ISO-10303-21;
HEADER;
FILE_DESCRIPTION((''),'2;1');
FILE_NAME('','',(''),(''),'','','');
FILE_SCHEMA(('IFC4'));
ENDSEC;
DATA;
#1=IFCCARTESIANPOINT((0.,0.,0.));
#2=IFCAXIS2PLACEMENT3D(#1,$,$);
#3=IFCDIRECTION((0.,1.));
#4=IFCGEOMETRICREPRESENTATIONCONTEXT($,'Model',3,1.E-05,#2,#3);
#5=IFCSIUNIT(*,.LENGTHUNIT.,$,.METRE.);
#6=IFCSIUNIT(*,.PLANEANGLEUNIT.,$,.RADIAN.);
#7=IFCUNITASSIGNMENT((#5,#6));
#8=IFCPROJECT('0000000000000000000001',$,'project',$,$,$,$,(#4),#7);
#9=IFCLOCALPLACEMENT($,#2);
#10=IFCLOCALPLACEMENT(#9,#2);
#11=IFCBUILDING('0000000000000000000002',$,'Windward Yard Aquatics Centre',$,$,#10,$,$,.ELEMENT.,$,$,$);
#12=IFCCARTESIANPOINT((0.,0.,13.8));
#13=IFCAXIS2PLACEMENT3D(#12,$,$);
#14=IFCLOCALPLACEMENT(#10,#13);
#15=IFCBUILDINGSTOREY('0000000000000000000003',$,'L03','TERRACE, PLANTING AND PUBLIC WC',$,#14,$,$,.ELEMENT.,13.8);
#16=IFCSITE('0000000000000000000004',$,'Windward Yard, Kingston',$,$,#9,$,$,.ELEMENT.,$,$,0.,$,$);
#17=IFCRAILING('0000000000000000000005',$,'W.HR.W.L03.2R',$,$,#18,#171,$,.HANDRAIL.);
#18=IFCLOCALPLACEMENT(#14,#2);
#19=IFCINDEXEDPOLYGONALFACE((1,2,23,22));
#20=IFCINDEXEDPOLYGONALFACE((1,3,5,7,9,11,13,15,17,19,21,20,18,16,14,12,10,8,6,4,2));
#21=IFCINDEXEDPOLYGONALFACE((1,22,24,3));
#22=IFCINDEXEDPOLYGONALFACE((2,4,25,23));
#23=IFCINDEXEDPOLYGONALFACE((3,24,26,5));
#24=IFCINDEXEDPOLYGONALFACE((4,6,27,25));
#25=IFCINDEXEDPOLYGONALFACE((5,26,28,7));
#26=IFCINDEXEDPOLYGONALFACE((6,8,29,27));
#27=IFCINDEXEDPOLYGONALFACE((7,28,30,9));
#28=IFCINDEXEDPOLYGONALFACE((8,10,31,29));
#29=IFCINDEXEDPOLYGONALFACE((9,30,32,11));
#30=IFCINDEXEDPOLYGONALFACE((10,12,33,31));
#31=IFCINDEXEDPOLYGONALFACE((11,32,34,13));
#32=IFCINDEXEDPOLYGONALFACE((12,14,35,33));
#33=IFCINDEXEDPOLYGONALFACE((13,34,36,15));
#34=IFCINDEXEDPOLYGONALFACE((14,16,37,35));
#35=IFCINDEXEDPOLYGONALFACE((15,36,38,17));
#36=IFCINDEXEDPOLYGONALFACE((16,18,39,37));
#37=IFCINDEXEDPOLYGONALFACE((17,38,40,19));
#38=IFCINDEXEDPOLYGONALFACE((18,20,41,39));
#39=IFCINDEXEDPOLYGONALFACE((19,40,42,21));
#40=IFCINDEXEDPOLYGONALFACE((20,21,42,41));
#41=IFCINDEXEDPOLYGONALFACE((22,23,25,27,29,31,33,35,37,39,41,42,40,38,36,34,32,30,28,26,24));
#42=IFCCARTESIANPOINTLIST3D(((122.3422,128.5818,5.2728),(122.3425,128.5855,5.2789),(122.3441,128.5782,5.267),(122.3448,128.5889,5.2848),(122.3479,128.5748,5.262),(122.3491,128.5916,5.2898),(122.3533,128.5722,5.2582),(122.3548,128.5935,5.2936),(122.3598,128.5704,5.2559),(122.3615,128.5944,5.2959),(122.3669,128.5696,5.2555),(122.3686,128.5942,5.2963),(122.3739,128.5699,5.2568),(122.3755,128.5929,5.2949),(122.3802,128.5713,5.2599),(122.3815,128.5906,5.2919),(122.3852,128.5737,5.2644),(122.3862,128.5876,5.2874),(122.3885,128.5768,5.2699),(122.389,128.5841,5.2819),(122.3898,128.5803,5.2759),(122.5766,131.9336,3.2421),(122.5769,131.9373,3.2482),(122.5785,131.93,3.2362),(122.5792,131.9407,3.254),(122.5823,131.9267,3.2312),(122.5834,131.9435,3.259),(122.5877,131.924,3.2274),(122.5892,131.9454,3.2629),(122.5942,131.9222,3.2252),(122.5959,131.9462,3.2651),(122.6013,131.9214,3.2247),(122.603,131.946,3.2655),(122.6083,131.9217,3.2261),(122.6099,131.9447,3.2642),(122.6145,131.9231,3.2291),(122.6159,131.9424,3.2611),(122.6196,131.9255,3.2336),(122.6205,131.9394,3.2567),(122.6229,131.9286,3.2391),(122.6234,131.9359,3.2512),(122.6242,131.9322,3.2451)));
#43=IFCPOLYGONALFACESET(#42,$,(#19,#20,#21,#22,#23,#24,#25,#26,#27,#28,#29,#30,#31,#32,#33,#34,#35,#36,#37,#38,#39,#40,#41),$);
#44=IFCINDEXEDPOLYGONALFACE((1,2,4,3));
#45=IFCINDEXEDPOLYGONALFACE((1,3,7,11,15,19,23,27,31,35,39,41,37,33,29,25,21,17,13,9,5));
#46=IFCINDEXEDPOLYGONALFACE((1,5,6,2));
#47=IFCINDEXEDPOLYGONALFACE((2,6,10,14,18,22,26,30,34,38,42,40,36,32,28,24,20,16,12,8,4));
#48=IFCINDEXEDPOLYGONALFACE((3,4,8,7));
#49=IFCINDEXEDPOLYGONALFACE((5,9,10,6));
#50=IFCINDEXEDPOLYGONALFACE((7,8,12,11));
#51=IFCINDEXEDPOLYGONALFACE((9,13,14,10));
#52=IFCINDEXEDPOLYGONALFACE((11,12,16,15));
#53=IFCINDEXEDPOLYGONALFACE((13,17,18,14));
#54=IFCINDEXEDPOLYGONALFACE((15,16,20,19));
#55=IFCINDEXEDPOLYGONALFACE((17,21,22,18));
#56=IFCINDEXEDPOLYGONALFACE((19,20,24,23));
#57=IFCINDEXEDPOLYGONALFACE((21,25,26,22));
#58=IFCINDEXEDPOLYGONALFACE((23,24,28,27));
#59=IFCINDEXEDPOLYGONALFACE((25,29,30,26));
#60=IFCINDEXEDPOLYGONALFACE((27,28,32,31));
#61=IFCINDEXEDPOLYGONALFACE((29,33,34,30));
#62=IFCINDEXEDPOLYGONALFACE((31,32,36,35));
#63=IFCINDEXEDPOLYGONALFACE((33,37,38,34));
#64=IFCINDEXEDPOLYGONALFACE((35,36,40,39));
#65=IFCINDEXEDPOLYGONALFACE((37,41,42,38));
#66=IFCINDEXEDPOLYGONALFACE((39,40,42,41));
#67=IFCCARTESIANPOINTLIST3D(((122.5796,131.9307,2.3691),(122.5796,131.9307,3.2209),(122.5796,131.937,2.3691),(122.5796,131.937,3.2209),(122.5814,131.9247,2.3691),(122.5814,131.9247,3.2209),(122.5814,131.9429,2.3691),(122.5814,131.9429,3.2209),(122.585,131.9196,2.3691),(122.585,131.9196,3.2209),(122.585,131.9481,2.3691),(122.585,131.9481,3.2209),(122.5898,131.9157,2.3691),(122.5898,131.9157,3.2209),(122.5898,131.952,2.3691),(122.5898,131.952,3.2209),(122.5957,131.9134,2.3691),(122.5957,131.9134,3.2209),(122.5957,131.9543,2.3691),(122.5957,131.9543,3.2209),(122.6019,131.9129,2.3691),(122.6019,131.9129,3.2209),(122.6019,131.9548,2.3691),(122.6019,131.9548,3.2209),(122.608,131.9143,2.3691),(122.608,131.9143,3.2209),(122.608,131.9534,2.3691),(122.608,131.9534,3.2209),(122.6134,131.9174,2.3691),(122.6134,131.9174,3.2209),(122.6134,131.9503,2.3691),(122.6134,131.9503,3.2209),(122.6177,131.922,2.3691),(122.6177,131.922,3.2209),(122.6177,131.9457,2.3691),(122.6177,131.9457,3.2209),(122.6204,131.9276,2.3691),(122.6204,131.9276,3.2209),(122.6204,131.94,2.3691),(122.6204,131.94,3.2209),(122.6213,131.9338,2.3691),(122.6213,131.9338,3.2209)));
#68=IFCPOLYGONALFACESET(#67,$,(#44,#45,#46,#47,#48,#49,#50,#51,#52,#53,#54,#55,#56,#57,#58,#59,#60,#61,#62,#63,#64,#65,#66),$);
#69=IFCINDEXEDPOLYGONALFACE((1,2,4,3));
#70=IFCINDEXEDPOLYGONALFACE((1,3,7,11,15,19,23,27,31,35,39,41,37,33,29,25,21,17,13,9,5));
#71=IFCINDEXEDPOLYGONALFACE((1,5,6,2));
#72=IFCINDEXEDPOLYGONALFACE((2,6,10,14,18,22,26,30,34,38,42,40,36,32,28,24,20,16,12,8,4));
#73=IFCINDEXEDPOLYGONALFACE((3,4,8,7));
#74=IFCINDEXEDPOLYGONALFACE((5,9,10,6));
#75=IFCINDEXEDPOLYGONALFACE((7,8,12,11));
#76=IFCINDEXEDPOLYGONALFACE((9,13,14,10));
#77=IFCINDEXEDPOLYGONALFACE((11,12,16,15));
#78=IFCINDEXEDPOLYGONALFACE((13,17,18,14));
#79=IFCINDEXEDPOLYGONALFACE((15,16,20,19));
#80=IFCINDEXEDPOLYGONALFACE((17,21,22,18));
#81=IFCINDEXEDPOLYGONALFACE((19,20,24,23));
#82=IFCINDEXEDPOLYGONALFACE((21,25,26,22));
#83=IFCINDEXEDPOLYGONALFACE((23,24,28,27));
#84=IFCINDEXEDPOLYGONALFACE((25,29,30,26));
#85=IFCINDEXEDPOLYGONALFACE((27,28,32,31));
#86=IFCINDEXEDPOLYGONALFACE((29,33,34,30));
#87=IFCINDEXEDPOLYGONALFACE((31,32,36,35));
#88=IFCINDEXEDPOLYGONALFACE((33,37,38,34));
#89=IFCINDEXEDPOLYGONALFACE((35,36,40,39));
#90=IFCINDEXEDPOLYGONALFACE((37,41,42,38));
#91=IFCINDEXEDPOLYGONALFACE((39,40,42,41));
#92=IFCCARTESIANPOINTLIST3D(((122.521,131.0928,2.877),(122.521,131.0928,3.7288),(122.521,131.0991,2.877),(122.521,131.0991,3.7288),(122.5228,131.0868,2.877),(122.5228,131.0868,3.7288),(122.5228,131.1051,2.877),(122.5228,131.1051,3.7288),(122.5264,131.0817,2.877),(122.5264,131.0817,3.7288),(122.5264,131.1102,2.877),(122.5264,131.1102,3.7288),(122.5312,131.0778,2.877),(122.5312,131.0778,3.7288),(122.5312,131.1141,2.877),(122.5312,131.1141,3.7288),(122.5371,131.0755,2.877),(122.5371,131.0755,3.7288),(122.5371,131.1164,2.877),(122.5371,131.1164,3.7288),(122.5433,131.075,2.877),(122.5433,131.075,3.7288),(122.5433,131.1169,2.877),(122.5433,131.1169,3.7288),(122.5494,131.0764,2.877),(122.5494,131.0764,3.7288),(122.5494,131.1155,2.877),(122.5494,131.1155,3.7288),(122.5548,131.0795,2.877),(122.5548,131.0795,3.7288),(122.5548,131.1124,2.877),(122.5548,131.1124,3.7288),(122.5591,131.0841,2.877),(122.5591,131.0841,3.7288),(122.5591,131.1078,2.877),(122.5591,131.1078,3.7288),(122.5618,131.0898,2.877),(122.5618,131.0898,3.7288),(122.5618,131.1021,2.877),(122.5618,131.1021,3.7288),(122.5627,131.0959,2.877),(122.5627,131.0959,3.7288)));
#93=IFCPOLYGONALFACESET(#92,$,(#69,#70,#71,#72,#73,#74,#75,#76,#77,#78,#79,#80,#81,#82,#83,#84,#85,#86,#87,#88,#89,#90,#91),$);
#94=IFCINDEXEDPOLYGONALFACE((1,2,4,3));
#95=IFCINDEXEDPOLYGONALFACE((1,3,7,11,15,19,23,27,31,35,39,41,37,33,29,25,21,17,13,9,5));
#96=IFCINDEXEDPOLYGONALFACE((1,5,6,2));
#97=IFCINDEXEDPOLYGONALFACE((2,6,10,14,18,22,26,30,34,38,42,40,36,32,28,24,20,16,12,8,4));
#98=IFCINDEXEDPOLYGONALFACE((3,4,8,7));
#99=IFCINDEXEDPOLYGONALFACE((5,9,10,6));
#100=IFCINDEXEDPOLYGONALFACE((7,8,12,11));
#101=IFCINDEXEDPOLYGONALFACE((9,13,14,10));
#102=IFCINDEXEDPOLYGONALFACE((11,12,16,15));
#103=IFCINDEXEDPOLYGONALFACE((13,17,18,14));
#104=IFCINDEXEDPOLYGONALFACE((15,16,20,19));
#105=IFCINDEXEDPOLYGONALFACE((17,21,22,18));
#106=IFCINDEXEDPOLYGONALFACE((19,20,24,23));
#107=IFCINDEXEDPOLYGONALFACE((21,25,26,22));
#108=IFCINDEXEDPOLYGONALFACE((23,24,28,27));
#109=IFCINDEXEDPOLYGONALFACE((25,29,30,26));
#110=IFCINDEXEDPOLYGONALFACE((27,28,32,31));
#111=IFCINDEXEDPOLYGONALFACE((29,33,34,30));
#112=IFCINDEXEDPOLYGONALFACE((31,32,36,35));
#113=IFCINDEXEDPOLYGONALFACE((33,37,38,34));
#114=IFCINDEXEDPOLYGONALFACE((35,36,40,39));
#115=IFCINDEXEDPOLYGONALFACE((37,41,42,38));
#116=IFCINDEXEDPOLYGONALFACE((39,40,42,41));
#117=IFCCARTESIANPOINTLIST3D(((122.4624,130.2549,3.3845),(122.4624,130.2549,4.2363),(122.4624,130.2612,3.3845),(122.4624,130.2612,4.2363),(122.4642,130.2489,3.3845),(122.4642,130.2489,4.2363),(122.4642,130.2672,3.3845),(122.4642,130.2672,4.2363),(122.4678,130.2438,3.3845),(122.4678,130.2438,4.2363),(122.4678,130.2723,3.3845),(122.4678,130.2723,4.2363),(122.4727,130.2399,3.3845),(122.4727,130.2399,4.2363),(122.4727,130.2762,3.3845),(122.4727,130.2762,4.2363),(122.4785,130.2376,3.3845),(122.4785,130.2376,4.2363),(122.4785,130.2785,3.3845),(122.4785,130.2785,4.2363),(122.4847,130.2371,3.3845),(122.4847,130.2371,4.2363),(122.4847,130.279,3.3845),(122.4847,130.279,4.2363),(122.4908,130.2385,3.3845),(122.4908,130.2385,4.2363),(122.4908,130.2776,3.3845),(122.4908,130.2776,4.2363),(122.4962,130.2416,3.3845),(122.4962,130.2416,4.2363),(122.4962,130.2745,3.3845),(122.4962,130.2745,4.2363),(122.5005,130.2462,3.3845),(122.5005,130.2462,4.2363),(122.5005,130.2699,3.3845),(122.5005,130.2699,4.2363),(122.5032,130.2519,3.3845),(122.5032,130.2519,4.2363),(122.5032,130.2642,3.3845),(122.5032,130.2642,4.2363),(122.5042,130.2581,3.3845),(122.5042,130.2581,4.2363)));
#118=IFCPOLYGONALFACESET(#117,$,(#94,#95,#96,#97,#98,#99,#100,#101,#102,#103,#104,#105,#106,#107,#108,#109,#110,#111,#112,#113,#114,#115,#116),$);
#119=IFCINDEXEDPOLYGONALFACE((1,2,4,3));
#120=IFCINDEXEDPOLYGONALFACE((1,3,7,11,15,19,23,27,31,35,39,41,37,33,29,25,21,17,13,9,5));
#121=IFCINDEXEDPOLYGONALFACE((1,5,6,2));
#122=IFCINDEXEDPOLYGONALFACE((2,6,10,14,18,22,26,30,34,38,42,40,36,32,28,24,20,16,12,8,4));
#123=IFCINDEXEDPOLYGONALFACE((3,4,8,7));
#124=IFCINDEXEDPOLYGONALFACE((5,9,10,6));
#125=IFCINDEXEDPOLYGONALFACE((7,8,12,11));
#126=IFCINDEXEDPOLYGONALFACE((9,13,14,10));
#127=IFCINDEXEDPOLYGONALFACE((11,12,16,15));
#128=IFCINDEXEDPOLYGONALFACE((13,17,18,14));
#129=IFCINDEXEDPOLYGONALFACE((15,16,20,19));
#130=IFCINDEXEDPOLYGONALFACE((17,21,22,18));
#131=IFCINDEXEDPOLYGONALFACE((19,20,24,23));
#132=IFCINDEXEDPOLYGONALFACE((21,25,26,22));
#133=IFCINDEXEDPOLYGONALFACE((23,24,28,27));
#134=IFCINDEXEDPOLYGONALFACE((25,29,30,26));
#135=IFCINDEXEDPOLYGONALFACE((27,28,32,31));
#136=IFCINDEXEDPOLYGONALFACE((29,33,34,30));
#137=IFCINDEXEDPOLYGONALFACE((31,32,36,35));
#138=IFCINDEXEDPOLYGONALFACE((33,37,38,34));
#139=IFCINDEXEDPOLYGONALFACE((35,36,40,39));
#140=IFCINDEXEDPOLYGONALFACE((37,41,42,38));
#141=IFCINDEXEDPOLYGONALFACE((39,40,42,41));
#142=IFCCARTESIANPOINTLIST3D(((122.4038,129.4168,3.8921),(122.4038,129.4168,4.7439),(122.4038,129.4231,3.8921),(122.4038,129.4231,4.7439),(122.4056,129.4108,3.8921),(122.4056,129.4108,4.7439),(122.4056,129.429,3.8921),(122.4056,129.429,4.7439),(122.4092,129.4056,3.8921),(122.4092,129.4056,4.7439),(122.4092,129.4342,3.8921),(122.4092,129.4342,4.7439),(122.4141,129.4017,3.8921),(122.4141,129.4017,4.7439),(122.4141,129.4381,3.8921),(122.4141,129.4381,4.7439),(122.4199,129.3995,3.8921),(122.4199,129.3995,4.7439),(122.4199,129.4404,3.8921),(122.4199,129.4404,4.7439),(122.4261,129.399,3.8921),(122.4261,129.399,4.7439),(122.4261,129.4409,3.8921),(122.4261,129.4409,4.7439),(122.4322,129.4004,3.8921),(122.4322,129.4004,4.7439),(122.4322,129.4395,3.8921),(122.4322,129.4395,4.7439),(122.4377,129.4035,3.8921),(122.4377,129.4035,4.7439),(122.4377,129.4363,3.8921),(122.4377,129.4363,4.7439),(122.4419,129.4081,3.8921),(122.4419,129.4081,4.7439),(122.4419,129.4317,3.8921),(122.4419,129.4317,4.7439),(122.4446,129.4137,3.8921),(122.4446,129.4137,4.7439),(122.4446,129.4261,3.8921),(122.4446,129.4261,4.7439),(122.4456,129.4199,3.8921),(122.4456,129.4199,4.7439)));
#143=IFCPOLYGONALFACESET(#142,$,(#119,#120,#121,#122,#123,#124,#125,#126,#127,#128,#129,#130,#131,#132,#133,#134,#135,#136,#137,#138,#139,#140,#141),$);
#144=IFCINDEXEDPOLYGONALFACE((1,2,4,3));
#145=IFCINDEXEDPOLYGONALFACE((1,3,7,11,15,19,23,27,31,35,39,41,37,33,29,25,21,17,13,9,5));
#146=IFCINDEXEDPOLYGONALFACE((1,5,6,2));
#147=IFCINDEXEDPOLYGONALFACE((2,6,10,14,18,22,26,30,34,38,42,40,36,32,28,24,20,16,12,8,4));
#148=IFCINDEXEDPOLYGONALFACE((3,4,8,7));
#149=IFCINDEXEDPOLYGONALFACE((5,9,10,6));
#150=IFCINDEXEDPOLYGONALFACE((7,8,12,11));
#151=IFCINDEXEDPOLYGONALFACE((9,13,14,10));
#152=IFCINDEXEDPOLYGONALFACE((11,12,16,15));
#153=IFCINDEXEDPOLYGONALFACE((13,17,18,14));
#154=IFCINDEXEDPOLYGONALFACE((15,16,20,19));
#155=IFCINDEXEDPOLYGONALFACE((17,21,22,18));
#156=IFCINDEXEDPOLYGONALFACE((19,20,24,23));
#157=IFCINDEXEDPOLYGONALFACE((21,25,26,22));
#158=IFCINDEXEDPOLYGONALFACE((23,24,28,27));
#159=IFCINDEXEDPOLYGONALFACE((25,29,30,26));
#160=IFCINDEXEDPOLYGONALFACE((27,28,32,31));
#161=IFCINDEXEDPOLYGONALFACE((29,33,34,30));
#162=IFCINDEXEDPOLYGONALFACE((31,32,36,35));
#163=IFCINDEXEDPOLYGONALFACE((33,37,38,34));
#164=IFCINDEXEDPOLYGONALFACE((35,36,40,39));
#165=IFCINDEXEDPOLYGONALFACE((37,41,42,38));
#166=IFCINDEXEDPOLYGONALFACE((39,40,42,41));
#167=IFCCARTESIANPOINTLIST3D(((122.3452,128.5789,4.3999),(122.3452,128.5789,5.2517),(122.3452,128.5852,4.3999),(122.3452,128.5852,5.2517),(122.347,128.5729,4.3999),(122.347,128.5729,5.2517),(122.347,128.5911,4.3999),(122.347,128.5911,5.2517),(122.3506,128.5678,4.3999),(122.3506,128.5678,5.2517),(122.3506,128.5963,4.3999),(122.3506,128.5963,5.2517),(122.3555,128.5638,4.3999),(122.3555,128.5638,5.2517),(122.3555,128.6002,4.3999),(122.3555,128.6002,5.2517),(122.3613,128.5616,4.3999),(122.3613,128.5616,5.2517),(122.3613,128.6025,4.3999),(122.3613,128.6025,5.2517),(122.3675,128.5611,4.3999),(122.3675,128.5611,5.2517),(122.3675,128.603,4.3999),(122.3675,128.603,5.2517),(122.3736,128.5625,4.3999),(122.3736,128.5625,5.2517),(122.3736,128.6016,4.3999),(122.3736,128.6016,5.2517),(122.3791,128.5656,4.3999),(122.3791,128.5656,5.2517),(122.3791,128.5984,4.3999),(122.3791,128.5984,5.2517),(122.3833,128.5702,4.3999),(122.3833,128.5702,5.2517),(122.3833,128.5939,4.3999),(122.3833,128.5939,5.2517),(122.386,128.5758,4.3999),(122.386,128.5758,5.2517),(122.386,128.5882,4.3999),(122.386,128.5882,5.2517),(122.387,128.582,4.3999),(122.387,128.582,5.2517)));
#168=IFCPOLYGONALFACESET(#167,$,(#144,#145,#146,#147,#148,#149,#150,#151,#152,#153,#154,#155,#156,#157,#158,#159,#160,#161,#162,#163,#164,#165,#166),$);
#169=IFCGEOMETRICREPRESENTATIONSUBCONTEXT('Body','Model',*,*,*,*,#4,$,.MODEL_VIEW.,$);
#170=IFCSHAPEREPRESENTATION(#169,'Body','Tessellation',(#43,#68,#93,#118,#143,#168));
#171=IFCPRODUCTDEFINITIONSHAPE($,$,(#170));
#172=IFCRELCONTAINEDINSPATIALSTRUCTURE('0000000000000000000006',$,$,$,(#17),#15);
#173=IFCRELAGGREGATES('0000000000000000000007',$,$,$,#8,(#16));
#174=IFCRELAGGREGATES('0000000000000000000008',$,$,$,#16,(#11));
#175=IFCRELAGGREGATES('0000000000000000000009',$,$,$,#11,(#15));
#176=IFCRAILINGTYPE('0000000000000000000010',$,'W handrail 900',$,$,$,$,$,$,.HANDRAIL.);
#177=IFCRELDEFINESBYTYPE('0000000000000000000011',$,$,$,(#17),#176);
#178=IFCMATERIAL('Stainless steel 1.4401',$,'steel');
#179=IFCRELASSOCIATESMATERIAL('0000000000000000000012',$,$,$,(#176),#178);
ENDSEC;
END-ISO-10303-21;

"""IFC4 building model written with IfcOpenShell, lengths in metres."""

from ifc_helpers import new_model, si_unit, direction, frame, origin, origin_2d, place, context, subcontext, project, spatial, circle, extrude, material, type_object, element, save


model = new_model("IFC4")

# Units and contexts
model_context = context("Model", 3, precision=1e-05, world=origin(), true_north=direction((0.0, 1.0)))
body_context = subcontext(model_context, "Body", "Model", "MODEL_VIEW")
ifc_project = project(units=[si_unit("LENGTHUNIT", "METRE"), si_unit("PLANEANGLEUNIT", "RADIAN")], contexts=[model_context])

# Site, building, storey
site_placement = place(None, origin())
site = spatial("IfcSite", under=ifc_project, at=site_placement, Name="Windward Yard, Kingston", CompositionType="ELEMENT", RefElevation=0.0)
building_placement = place(site_placement, origin())
building = spatial("IfcBuilding", under=site, at=building_placement, Name="Windward Yard Aquatics Centre", CompositionType="ELEMENT")
storey_placement = place(building_placement, frame((0.0, 0.0, 13.8)))
storey = spatial("IfcBuildingStorey", under=building, at=storey_placement, Name="L03", Description="TERRACE, PLANTING AND PUBLIC WC", CompositionType="ELEMENT", Elevation=13.8)

# Railing
ifc_material_1 = material(Name="Stainless steel 1.4401", Category="steel")
railing_type_1 = type_object("IfcRailingType", Name="W handrail 900", PredefinedType="HANDRAIL", material=ifc_material_1)
railing_1_placement = place(storey_placement, frame((122.6003, 131.9338, 2.3691)))
element("IfcRailing", 1, at=railing_1_placement, inside=storey, type_object=railing_type_1, Name="W.HR.W.L03.2R", PredefinedType="HANDRAIL", context=body_context, shape_type="SweptSolid", body=[
    extrude(circle(Radius=0.0239, at=origin_2d()), frame((0.0, 0.0, 0.876), z_axis=(-0.059698, -0.853744, 0.517259), x_axis=(0.997564, -0.069755, 0.0)), (0.0, 0.0, 1.0), 3.926),
    extrude(circle(Radius=0.021, at=origin_2d()), origin(), (0.0, 0.0, 1.0), 0.8518),
    extrude(circle(Radius=0.021, at=origin_2d()), frame((-0.0586, -0.8379, 0.5078)), (0.0, 0.0, 1.0), 0.8518),
    extrude(circle(Radius=0.021, at=origin_2d()), frame((-0.1172, -1.6758, 1.0154)), (0.0, 0.0, 1.0), 0.8518),
    extrude(circle(Radius=0.021, at=origin_2d()), frame((-0.1758, -2.5139, 1.5229)), (0.0, 0.0, 1.0), 0.8518),
    extrude(circle(Radius=0.021, at=origin_2d()), frame((-0.2344, -3.3518, 2.0308)), (0.0, 0.0, 1.0), 0.8518),
])

save(model, "model.ifc")
